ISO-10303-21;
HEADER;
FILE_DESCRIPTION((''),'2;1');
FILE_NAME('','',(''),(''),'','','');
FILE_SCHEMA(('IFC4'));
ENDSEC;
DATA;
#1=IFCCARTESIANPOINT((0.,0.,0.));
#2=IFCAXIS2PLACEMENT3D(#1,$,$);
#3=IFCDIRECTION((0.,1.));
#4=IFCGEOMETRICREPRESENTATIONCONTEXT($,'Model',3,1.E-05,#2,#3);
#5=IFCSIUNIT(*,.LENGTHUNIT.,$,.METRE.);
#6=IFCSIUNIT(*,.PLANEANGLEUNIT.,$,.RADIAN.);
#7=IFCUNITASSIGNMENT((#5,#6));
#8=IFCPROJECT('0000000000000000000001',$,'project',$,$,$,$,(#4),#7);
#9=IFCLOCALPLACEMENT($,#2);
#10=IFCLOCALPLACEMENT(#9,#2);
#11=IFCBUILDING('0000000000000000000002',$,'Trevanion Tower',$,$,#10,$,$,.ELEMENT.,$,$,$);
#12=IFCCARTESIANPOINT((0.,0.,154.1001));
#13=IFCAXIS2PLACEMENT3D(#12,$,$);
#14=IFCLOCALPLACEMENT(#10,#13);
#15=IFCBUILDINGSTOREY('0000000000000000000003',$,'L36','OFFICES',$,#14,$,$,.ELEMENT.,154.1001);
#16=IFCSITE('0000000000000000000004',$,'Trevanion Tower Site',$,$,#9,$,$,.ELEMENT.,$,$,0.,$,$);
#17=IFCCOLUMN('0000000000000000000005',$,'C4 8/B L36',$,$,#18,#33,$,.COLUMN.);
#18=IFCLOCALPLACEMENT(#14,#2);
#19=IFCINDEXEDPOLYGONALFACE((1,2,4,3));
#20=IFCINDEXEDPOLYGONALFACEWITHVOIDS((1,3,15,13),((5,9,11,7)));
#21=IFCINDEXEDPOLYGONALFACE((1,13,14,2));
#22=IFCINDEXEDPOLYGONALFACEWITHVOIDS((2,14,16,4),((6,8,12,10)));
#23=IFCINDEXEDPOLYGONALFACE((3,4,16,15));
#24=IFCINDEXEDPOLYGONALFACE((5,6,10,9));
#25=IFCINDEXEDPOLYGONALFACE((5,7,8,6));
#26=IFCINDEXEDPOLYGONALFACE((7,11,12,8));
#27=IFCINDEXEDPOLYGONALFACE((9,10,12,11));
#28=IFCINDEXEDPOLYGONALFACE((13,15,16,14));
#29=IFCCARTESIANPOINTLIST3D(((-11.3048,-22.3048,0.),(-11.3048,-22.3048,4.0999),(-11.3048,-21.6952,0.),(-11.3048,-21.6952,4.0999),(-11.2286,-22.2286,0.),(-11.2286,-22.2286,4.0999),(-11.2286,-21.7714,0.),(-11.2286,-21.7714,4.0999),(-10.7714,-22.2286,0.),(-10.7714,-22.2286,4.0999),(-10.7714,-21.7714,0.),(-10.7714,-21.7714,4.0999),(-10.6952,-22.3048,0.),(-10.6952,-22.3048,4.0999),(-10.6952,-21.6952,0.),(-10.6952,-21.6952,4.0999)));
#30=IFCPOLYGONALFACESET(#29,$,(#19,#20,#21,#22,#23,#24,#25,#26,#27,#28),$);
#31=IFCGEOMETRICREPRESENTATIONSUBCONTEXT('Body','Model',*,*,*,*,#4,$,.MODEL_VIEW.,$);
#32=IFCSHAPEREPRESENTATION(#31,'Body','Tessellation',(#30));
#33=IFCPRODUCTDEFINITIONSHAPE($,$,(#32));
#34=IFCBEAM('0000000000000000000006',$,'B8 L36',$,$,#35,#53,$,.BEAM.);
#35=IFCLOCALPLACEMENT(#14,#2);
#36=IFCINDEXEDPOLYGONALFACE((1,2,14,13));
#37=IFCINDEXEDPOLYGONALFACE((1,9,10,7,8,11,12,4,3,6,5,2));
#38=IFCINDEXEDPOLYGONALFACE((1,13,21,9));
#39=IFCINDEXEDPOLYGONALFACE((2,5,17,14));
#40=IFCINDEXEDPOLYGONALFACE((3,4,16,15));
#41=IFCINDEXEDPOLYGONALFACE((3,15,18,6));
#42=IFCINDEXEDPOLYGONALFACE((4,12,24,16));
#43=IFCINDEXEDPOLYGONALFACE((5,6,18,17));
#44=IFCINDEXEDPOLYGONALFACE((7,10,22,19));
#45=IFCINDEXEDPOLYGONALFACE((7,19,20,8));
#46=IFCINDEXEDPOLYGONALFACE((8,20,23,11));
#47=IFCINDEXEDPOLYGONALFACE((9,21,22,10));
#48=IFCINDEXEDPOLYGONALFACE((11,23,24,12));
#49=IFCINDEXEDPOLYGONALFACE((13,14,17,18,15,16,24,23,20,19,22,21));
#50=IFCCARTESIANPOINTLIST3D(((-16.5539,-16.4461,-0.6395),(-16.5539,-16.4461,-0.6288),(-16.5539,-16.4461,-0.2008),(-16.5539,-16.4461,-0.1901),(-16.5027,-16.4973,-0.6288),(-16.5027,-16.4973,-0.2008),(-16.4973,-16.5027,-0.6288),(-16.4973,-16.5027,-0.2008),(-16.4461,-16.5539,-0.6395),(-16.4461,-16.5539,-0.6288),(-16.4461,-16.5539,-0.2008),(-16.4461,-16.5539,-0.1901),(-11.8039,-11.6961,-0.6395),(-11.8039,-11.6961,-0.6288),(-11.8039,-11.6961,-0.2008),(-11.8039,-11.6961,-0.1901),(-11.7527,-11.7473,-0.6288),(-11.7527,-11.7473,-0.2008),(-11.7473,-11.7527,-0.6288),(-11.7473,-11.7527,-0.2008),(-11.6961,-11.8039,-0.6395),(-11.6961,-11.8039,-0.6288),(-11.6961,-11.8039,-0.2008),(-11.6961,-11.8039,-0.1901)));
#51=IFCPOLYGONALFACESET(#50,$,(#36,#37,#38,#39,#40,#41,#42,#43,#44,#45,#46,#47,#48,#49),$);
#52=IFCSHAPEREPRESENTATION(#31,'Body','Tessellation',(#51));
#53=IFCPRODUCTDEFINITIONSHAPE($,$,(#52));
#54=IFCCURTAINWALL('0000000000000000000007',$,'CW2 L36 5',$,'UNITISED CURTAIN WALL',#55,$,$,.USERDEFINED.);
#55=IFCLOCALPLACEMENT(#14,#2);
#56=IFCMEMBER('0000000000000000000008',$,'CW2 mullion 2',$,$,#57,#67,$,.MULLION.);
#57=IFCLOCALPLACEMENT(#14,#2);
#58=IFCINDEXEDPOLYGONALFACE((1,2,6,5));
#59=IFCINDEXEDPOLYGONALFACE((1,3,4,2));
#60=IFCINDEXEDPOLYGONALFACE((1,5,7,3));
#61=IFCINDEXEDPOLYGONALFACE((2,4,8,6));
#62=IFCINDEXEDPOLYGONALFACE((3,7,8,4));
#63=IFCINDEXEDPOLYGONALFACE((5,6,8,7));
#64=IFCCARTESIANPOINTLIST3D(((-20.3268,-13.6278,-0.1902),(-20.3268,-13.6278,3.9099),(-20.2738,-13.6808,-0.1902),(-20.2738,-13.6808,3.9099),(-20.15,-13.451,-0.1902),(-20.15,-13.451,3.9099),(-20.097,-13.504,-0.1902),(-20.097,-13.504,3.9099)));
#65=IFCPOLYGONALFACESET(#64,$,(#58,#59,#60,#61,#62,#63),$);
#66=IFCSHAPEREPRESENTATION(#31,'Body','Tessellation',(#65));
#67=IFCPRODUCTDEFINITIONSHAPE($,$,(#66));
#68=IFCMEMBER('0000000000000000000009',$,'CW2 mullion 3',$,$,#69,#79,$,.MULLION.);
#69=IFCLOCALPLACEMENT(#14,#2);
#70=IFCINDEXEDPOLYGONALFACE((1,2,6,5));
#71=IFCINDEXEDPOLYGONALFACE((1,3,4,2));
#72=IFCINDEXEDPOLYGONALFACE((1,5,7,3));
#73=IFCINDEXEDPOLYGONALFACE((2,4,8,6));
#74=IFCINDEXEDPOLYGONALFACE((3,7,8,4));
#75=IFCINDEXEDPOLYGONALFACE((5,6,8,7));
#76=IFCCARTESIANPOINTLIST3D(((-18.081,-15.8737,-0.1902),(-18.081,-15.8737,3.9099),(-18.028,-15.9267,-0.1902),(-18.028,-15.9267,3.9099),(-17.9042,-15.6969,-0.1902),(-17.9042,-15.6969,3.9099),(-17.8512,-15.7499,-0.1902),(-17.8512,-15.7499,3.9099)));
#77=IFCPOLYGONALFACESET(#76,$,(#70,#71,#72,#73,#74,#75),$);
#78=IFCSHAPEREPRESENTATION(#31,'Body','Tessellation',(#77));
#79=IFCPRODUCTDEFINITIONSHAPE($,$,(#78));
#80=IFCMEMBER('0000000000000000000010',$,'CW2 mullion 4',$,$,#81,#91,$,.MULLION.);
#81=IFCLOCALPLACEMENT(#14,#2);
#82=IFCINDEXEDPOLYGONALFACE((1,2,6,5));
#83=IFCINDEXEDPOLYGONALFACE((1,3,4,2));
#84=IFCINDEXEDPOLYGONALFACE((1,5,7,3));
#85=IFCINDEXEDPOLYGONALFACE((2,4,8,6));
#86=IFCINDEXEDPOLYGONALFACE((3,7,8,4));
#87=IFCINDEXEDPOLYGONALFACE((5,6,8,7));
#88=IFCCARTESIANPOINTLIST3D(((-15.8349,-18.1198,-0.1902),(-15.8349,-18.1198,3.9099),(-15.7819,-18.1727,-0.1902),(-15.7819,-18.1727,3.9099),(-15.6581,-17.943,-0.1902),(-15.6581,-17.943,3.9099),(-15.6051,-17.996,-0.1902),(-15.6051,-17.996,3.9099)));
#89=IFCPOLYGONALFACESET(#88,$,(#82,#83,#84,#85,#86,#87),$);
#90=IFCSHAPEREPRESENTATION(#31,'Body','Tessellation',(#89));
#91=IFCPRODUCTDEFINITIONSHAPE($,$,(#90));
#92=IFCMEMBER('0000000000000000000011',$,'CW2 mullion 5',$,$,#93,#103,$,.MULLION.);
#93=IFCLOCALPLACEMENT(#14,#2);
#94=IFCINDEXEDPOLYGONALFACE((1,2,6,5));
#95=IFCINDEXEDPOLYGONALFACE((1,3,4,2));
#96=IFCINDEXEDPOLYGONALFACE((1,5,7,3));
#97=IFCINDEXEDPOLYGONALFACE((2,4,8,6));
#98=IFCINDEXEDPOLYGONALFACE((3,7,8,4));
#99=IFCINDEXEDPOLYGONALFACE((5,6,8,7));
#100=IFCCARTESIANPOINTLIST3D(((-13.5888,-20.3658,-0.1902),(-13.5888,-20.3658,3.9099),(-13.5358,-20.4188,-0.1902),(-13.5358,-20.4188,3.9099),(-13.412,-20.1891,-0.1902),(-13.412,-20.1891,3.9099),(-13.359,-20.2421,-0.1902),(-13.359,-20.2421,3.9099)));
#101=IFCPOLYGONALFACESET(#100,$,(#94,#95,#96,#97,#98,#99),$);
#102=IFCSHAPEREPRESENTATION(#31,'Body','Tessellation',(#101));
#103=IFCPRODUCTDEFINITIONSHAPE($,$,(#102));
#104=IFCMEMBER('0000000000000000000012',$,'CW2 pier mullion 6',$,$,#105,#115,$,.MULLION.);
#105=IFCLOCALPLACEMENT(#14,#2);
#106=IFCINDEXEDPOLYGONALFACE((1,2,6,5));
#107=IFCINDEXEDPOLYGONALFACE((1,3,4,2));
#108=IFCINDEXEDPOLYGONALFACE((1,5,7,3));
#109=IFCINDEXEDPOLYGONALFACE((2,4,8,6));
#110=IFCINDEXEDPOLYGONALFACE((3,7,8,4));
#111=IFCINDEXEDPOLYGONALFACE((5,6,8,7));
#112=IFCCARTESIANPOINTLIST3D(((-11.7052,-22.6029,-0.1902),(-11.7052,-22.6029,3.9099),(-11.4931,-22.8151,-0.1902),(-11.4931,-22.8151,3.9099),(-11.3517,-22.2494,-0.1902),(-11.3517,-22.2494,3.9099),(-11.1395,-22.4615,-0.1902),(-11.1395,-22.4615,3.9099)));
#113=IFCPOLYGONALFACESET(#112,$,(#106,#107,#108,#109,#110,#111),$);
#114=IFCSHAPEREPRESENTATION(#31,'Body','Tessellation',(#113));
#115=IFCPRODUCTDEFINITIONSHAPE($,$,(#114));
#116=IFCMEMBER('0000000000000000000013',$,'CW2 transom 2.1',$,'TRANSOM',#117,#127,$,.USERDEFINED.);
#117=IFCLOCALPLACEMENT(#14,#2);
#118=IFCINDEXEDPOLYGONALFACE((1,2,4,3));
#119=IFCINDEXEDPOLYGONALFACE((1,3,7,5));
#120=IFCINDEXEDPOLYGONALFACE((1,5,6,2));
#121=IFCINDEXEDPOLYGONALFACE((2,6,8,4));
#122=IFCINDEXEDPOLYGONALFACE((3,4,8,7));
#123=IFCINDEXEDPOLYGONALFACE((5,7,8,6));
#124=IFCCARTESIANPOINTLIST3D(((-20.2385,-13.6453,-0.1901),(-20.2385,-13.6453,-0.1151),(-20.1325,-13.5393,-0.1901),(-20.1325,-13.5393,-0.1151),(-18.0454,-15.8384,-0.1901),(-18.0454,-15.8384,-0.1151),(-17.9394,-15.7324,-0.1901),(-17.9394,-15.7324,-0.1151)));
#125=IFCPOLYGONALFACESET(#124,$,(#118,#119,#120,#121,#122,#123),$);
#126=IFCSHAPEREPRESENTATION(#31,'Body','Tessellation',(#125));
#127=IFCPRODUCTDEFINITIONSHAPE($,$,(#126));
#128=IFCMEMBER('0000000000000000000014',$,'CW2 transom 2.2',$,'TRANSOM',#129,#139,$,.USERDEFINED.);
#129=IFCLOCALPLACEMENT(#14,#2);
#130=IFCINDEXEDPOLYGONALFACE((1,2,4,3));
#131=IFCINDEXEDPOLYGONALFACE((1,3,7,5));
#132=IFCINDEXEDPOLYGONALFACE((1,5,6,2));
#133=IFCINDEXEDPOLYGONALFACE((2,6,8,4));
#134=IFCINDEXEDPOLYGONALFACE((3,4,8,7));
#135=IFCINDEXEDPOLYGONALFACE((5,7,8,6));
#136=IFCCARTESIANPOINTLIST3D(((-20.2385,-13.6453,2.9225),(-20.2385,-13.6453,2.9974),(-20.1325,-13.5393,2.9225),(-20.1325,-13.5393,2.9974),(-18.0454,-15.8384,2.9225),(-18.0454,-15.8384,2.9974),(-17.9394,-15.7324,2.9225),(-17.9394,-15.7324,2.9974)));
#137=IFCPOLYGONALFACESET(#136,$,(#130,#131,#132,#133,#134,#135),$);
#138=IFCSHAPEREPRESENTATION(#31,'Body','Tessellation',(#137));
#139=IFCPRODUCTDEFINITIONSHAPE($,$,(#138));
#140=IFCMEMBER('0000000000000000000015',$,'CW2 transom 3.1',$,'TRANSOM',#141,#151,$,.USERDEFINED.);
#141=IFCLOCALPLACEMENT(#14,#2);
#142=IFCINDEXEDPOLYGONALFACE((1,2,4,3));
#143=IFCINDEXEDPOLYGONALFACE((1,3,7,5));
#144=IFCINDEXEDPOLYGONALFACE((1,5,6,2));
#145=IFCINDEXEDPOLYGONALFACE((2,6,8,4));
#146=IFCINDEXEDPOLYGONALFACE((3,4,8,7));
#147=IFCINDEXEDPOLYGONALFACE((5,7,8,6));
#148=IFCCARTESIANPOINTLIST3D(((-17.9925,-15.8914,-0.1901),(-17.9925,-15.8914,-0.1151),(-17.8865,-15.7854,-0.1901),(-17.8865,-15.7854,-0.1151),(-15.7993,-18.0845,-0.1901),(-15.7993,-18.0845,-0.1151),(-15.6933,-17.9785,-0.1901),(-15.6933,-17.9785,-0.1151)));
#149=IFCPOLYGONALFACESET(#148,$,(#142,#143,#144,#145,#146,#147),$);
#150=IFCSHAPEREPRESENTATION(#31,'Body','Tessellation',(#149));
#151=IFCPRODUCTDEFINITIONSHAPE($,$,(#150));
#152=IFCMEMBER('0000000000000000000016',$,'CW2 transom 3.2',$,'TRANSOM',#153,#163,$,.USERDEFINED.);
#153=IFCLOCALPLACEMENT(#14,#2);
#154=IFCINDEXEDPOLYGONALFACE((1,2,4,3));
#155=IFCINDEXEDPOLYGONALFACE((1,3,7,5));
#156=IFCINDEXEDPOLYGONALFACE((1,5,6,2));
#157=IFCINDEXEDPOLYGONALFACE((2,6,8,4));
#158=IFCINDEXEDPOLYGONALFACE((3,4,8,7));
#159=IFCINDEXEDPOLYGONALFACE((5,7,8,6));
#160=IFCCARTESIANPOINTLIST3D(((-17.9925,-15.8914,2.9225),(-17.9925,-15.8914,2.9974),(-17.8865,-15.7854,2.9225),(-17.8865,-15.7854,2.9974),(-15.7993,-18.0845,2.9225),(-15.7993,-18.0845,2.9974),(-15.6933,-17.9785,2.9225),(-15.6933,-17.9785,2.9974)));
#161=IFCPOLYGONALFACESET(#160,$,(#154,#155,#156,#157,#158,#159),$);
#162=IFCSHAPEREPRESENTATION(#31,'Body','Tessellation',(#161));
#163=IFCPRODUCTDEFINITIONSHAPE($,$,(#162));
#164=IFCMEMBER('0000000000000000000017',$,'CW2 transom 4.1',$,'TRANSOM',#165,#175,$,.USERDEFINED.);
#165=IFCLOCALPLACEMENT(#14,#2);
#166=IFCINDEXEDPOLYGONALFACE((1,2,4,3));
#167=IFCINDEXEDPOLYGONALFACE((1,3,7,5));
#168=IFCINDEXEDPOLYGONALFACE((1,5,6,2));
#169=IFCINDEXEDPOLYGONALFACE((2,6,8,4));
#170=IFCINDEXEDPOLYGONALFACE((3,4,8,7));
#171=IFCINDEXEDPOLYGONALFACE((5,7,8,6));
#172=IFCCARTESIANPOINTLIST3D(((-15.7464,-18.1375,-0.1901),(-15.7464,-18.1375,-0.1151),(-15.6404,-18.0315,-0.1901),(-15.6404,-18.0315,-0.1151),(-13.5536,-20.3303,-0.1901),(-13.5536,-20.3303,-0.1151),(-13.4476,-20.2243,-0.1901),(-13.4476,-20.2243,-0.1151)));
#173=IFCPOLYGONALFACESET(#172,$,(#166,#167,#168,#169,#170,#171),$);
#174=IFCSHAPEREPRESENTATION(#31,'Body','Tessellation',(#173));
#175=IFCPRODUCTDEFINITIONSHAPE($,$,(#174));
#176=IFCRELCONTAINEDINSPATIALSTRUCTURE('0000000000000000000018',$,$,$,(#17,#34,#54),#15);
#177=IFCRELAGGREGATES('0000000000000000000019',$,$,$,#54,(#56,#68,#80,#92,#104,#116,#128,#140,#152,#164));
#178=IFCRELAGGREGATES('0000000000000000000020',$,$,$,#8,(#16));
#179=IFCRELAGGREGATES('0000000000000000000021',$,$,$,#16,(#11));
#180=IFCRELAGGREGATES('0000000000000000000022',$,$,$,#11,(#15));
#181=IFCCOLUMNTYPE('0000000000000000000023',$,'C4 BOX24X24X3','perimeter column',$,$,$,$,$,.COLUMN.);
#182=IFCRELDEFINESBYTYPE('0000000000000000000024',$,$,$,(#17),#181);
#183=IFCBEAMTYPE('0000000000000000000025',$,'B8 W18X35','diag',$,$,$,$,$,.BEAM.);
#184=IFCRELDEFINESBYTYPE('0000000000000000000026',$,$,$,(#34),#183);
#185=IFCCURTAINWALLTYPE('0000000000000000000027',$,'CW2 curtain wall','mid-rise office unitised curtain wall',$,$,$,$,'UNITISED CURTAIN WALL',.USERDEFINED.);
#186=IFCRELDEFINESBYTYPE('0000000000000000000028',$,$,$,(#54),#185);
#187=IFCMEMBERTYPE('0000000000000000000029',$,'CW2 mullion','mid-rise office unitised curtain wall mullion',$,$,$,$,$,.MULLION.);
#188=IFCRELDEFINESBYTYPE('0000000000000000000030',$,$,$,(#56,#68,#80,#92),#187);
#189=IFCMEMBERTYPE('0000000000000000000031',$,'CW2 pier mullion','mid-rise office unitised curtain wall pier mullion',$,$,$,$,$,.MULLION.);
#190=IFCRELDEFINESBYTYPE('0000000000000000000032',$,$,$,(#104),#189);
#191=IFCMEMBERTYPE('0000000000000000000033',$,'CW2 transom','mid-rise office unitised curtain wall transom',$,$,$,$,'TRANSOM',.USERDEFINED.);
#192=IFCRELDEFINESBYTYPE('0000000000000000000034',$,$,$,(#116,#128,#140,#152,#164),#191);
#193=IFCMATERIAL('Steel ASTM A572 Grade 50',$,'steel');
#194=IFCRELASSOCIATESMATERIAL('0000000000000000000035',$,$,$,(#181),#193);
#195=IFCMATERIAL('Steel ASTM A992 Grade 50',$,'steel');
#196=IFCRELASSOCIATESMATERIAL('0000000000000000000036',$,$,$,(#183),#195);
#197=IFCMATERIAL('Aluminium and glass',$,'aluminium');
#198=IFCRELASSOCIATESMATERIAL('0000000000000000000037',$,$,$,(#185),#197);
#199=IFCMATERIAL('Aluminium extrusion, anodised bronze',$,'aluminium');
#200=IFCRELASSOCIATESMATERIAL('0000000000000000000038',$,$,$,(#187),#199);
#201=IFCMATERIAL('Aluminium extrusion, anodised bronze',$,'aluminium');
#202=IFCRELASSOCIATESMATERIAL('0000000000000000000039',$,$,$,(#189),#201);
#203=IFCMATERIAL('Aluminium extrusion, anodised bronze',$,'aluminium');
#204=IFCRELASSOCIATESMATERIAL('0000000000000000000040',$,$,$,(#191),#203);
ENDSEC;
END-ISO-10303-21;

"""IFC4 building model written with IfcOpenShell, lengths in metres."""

from ifc_helpers import new_model, si_unit, direction, frame, origin, origin_2d, place, context, subcontext, project, spatial, rectangle, hollow_rectangle, i_section, extrude, material, material_profile, profile_set, type_object, element, aggregate, save


model = new_model("IFC4")

# Units and contexts
model_context = context("Model", 3, precision=1e-05, world=origin(), true_north=direction((0.0, 1.0)))
body_context = subcontext(model_context, "Body", "Model", "MODEL_VIEW")
ifc_project = project(units=[si_unit("LENGTHUNIT", "METRE"), si_unit("PLANEANGLEUNIT", "RADIAN")], contexts=[model_context])

# Site, building, storey
site_placement = place(None, origin())
site = spatial("IfcSite", under=ifc_project, at=site_placement, Name="Trevanion Tower Site", CompositionType="ELEMENT", RefElevation=0.0)
building_placement = place(site_placement, origin())
building = spatial("IfcBuilding", under=site, at=building_placement, Name="Trevanion Tower", CompositionType="ELEMENT")
storey_placement = place(building_placement, frame((0.0, 0.0, 154.1001)))
storey = spatial("IfcBuildingStorey", under=building, at=storey_placement, Name="L36", Description="OFFICES", CompositionType="ELEMENT", Elevation=154.1001)

# Column
ifc_material_1 = material(Name="Steel ASTM A572 Grade 50", Category="steel")
ifc_material_profile_1 = material_profile(ifc_material_1, hollow_rectangle(XDim=0.6096, YDim=0.6096, WallThickness=0.0762, at=origin_2d()), Name="BOX24X24X3")
ifc_profile_set_1 = profile_set([ifc_material_profile_1], Name="Steel ASTM A572 Grade 50")
column_type = type_object("IfcColumnType", Name="C4 BOX24X24X3", Description="perimeter column", PredefinedType="COLUMN", material=ifc_profile_set_1)
column_placement = place(storey_placement, frame((-11.0, -22.0, 0.0), z_axis=(0.0, 0.0, 1.0), x_axis=(1.0, 0.0, 0.0)))
element("IfcColumn", 1, at=column_placement, inside=storey, type_object=column_type, Name="C4 8/B L36", PredefinedType="COLUMN", context=body_context, shape_type="SweptSolid", body=[
    extrude(hollow_rectangle(XDim=0.6096, YDim=0.6096, WallThickness=0.0762, at=origin_2d()), origin(), (0.0, 0.0, 1.0), 4.0999),
])

# Beam
ifc_material_2 = material(Name="Steel ASTM A992 Grade 50", Category="steel")
ifc_material_profile_2 = material_profile(ifc_material_2, i_section(OverallWidth=0.1523, OverallDepth=0.4495, WebThickness=0.0076, FlangeThickness=0.0107, at=origin_2d()), Name="W18X35")
ifc_profile_set_2 = profile_set([ifc_material_profile_2], Name="Steel ASTM A992 Grade 50")
beam_type_1 = type_object("IfcBeamType", Name="B8 W18X35", Description="diag", PredefinedType="BEAM", material=ifc_profile_set_2)
beam_1_placement = place(storey_placement, frame((-11.75, -11.75, -0.4148), z_axis=(-0.707107, -0.707107, 0.0), x_axis=(0.707107, -0.707107, 0.0)))
element("IfcBeam", 2, at=beam_1_placement, inside=storey, type_object=beam_type_1, Name="B8 L36", PredefinedType="BEAM", context=body_context, shape_type="SweptSolid", body=[
    extrude(i_section(OverallWidth=0.1523, OverallDepth=0.4495, WebThickness=0.0076, FlangeThickness=0.0107, at=origin_2d()), origin(), (0.0, 0.0, 1.0), 6.7175),
])

# Curtain wall, members
ifc_material_3 = material(Name="Aluminium and glass", Category="aluminium")
curtain_wall_type = type_object("IfcCurtainWallType", Name="CW2 curtain wall", Description="mid-rise office unitised curtain wall", ElementType="UNITISED CURTAIN WALL", PredefinedType="USERDEFINED", material=ifc_material_3)
curtain_wall_placement = place(storey_placement, origin())
curtain_wall = element("IfcCurtainWall", 3, at=curtain_wall_placement, inside=storey, type_object=curtain_wall_type, Name="CW2 L36 5", ObjectType="UNITISED CURTAIN WALL", PredefinedType="USERDEFINED")
ifc_material_4 = material(Name="Aluminium extrusion, anodised bronze", Category="aluminium")
ifc_material_profile_3 = material_profile(ifc_material_4, rectangle(XDim=0.075, YDim=0.25, at=origin_2d()), Name="CW2 mullion")
ifc_profile_set_3 = profile_set([ifc_material_profile_3], Name="Aluminium extrusion, anodised bronze")
member_type_1 = type_object("IfcMemberType", Name="CW2 mullion", Description="mid-rise office unitised curtain wall mullion", PredefinedType="MULLION", material=ifc_profile_set_3)
member_1_placement = place(storey_placement, frame((-20.2119, -13.5659, -0.1902), z_axis=(0.0, 0.0, 1.0), x_axis=(0.707107, -0.707107, 0.0)))
member_1 = element("IfcMember", 4, at=member_1_placement, type_object=member_type_1, Name="CW2 mullion 2", PredefinedType="MULLION", context=body_context, shape_type="SweptSolid", body=[
    extrude(rectangle(XDim=0.075, YDim=0.25, at=origin_2d()), origin(), (0.0, 0.0, 1.0), 4.1001),
])
member_2_placement = place(storey_placement, frame((-17.9661, -15.8118, -0.1902), z_axis=(0.0, 0.0, 1.0), x_axis=(0.707107, -0.707107, 0.0)))
member_2 = element("IfcMember", 5, at=member_2_placement, type_object=member_type_1, Name="CW2 mullion 3", PredefinedType="MULLION", context=body_context, shape_type="SweptSolid", body=[
    extrude(rectangle(XDim=0.075, YDim=0.25, at=origin_2d()), origin(), (0.0, 0.0, 1.0), 4.1001),
])
member_3_placement = place(storey_placement, frame((-15.72, -18.0579, -0.1902), z_axis=(0.0, 0.0, 1.0), x_axis=(0.707107, -0.707107, 0.0)))
member_3 = element("IfcMember", 6, at=member_3_placement, type_object=member_type_1, Name="CW2 mullion 4", PredefinedType="MULLION", context=body_context, shape_type="SweptSolid", body=[
    extrude(rectangle(XDim=0.075, YDim=0.25, at=origin_2d()), origin(), (0.0, 0.0, 1.0), 4.1001),
])
member_4_placement = place(storey_placement, frame((-13.4739, -20.304, -0.1902), z_axis=(0.0, 0.0, 1.0), x_axis=(0.707107, -0.707107, 0.0)))
member_4 = element("IfcMember", 7, at=member_4_placement, type_object=member_type_1, Name="CW2 mullion 5", PredefinedType="MULLION", context=body_context, shape_type="SweptSolid", body=[
    extrude(rectangle(XDim=0.075, YDim=0.25, at=origin_2d()), origin(), (0.0, 0.0, 1.0), 4.1001),
])
ifc_material_5 = material(Name="Aluminium extrusion, anodised bronze", Category="aluminium")
ifc_material_profile_4 = material_profile(ifc_material_5, rectangle(XDim=0.3, YDim=0.5, at=origin_2d()), Name="CW2 pier mullion")
ifc_profile_set_4 = profile_set([ifc_material_profile_4], Name="Aluminium extrusion, anodised bronze")
member_type_2 = type_object("IfcMemberType", Name="CW2 pier mullion", Description="mid-rise office unitised curtain wall pier mullion", PredefinedType="MULLION", material=ifc_profile_set_4)
member_5_placement = place(storey_placement, frame((-11.4224, -22.5322, -0.1902), z_axis=(0.0, 0.0, 1.0), x_axis=(0.707107, -0.707107, 0.0)))
member_5 = element("IfcMember", 8, at=member_5_placement, type_object=member_type_2, Name="CW2 pier mullion 6", PredefinedType="MULLION", context=body_context, shape_type="SweptSolid", body=[
    extrude(rectangle(XDim=0.3, YDim=0.5, at=origin_2d()), origin(), (0.0, 0.0, 1.0), 4.1001),
])
ifc_material_6 = material(Name="Aluminium extrusion, anodised bronze", Category="aluminium")
ifc_material_profile_5 = material_profile(ifc_material_6, rectangle(XDim=0.1499, YDim=0.075, at=origin_2d()), Name="CW2 transom")
ifc_profile_set_5 = profile_set([ifc_material_profile_5], Name="Aluminium extrusion, anodised bronze")
member_type_3 = type_object("IfcMemberType", Name="CW2 transom", Description="mid-rise office unitised curtain wall transom", ElementType="TRANSOM", PredefinedType="USERDEFINED", material=ifc_profile_set_5)
member_6_placement = place(storey_placement, frame((-20.1855, -13.5923, -0.1526), z_axis=(0.707107, -0.707107, 0.0), x_axis=(0.707107, 0.707107, 0.0)))
member_6 = element("IfcMember", 9, at=member_6_placement, type_object=member_type_3, Name="CW2 transom 2.1", ObjectType="TRANSOM", PredefinedType="USERDEFINED", context=body_context, shape_type="SweptSolid", body=[
    extrude(rectangle(XDim=0.1499, YDim=0.075, at=origin_2d()), origin(), (0.0, 0.0, 1.0), 3.1016),
])
member_7_placement = place(storey_placement, frame((-20.1855, -13.5923, 2.96), z_axis=(0.707107, -0.707107, 0.0), x_axis=(0.707107, 0.707107, 0.0)))
member_7 = element("IfcMember", 10, at=member_7_placement, type_object=member_type_3, Name="CW2 transom 2.2", ObjectType="TRANSOM", PredefinedType="USERDEFINED", context=body_context, shape_type="SweptSolid", body=[
    extrude(rectangle(XDim=0.1499, YDim=0.075, at=origin_2d()), origin(), (0.0, 0.0, 1.0), 3.1016),
])
member_8_placement = place(storey_placement, frame((-17.9395, -15.8384, -0.1526), z_axis=(0.707107, -0.707107, 0.0), x_axis=(0.707107, 0.707107, 0.0)))
member_8 = element("IfcMember", 11, at=member_8_placement, type_object=member_type_3, Name="CW2 transom 3.1", ObjectType="TRANSOM", PredefinedType="USERDEFINED", context=body_context, shape_type="SweptSolid", body=[
    extrude(rectangle(XDim=0.1499, YDim=0.075, at=origin_2d()), origin(), (0.0, 0.0, 1.0), 3.1016),
])
member_9_placement = place(storey_placement, frame((-17.9395, -15.8384, 2.96), z_axis=(0.707107, -0.707107, 0.0), x_axis=(0.707107, 0.707107, 0.0)))
member_9 = element("IfcMember", 12, at=member_9_placement, type_object=member_type_3, Name="CW2 transom 3.2", ObjectType="TRANSOM", PredefinedType="USERDEFINED", context=body_context, shape_type="SweptSolid", body=[
    extrude(rectangle(XDim=0.1499, YDim=0.075, at=origin_2d()), origin(), (0.0, 0.0, 1.0), 3.1016),
])
member_10_placement = place(storey_placement, frame((-15.6934, -18.0845, -0.1526), z_axis=(0.707107, -0.707107, 0.0), x_axis=(0.707107, 0.707107, 0.0)))
member_10 = element("IfcMember", 13, at=member_10_placement, type_object=member_type_3, Name="CW2 transom 4.1", ObjectType="TRANSOM", PredefinedType="USERDEFINED", context=body_context, shape_type="SweptSolid", body=[
    extrude(rectangle(XDim=0.1499, YDim=0.075, at=origin_2d()), origin(), (0.0, 0.0, 1.0), 3.1011),
])

aggregate(curtain_wall, [member_1, member_2, member_3, member_4, member_5, member_6, member_7, member_8, member_9, member_10])

save(model, "model.ifc")
